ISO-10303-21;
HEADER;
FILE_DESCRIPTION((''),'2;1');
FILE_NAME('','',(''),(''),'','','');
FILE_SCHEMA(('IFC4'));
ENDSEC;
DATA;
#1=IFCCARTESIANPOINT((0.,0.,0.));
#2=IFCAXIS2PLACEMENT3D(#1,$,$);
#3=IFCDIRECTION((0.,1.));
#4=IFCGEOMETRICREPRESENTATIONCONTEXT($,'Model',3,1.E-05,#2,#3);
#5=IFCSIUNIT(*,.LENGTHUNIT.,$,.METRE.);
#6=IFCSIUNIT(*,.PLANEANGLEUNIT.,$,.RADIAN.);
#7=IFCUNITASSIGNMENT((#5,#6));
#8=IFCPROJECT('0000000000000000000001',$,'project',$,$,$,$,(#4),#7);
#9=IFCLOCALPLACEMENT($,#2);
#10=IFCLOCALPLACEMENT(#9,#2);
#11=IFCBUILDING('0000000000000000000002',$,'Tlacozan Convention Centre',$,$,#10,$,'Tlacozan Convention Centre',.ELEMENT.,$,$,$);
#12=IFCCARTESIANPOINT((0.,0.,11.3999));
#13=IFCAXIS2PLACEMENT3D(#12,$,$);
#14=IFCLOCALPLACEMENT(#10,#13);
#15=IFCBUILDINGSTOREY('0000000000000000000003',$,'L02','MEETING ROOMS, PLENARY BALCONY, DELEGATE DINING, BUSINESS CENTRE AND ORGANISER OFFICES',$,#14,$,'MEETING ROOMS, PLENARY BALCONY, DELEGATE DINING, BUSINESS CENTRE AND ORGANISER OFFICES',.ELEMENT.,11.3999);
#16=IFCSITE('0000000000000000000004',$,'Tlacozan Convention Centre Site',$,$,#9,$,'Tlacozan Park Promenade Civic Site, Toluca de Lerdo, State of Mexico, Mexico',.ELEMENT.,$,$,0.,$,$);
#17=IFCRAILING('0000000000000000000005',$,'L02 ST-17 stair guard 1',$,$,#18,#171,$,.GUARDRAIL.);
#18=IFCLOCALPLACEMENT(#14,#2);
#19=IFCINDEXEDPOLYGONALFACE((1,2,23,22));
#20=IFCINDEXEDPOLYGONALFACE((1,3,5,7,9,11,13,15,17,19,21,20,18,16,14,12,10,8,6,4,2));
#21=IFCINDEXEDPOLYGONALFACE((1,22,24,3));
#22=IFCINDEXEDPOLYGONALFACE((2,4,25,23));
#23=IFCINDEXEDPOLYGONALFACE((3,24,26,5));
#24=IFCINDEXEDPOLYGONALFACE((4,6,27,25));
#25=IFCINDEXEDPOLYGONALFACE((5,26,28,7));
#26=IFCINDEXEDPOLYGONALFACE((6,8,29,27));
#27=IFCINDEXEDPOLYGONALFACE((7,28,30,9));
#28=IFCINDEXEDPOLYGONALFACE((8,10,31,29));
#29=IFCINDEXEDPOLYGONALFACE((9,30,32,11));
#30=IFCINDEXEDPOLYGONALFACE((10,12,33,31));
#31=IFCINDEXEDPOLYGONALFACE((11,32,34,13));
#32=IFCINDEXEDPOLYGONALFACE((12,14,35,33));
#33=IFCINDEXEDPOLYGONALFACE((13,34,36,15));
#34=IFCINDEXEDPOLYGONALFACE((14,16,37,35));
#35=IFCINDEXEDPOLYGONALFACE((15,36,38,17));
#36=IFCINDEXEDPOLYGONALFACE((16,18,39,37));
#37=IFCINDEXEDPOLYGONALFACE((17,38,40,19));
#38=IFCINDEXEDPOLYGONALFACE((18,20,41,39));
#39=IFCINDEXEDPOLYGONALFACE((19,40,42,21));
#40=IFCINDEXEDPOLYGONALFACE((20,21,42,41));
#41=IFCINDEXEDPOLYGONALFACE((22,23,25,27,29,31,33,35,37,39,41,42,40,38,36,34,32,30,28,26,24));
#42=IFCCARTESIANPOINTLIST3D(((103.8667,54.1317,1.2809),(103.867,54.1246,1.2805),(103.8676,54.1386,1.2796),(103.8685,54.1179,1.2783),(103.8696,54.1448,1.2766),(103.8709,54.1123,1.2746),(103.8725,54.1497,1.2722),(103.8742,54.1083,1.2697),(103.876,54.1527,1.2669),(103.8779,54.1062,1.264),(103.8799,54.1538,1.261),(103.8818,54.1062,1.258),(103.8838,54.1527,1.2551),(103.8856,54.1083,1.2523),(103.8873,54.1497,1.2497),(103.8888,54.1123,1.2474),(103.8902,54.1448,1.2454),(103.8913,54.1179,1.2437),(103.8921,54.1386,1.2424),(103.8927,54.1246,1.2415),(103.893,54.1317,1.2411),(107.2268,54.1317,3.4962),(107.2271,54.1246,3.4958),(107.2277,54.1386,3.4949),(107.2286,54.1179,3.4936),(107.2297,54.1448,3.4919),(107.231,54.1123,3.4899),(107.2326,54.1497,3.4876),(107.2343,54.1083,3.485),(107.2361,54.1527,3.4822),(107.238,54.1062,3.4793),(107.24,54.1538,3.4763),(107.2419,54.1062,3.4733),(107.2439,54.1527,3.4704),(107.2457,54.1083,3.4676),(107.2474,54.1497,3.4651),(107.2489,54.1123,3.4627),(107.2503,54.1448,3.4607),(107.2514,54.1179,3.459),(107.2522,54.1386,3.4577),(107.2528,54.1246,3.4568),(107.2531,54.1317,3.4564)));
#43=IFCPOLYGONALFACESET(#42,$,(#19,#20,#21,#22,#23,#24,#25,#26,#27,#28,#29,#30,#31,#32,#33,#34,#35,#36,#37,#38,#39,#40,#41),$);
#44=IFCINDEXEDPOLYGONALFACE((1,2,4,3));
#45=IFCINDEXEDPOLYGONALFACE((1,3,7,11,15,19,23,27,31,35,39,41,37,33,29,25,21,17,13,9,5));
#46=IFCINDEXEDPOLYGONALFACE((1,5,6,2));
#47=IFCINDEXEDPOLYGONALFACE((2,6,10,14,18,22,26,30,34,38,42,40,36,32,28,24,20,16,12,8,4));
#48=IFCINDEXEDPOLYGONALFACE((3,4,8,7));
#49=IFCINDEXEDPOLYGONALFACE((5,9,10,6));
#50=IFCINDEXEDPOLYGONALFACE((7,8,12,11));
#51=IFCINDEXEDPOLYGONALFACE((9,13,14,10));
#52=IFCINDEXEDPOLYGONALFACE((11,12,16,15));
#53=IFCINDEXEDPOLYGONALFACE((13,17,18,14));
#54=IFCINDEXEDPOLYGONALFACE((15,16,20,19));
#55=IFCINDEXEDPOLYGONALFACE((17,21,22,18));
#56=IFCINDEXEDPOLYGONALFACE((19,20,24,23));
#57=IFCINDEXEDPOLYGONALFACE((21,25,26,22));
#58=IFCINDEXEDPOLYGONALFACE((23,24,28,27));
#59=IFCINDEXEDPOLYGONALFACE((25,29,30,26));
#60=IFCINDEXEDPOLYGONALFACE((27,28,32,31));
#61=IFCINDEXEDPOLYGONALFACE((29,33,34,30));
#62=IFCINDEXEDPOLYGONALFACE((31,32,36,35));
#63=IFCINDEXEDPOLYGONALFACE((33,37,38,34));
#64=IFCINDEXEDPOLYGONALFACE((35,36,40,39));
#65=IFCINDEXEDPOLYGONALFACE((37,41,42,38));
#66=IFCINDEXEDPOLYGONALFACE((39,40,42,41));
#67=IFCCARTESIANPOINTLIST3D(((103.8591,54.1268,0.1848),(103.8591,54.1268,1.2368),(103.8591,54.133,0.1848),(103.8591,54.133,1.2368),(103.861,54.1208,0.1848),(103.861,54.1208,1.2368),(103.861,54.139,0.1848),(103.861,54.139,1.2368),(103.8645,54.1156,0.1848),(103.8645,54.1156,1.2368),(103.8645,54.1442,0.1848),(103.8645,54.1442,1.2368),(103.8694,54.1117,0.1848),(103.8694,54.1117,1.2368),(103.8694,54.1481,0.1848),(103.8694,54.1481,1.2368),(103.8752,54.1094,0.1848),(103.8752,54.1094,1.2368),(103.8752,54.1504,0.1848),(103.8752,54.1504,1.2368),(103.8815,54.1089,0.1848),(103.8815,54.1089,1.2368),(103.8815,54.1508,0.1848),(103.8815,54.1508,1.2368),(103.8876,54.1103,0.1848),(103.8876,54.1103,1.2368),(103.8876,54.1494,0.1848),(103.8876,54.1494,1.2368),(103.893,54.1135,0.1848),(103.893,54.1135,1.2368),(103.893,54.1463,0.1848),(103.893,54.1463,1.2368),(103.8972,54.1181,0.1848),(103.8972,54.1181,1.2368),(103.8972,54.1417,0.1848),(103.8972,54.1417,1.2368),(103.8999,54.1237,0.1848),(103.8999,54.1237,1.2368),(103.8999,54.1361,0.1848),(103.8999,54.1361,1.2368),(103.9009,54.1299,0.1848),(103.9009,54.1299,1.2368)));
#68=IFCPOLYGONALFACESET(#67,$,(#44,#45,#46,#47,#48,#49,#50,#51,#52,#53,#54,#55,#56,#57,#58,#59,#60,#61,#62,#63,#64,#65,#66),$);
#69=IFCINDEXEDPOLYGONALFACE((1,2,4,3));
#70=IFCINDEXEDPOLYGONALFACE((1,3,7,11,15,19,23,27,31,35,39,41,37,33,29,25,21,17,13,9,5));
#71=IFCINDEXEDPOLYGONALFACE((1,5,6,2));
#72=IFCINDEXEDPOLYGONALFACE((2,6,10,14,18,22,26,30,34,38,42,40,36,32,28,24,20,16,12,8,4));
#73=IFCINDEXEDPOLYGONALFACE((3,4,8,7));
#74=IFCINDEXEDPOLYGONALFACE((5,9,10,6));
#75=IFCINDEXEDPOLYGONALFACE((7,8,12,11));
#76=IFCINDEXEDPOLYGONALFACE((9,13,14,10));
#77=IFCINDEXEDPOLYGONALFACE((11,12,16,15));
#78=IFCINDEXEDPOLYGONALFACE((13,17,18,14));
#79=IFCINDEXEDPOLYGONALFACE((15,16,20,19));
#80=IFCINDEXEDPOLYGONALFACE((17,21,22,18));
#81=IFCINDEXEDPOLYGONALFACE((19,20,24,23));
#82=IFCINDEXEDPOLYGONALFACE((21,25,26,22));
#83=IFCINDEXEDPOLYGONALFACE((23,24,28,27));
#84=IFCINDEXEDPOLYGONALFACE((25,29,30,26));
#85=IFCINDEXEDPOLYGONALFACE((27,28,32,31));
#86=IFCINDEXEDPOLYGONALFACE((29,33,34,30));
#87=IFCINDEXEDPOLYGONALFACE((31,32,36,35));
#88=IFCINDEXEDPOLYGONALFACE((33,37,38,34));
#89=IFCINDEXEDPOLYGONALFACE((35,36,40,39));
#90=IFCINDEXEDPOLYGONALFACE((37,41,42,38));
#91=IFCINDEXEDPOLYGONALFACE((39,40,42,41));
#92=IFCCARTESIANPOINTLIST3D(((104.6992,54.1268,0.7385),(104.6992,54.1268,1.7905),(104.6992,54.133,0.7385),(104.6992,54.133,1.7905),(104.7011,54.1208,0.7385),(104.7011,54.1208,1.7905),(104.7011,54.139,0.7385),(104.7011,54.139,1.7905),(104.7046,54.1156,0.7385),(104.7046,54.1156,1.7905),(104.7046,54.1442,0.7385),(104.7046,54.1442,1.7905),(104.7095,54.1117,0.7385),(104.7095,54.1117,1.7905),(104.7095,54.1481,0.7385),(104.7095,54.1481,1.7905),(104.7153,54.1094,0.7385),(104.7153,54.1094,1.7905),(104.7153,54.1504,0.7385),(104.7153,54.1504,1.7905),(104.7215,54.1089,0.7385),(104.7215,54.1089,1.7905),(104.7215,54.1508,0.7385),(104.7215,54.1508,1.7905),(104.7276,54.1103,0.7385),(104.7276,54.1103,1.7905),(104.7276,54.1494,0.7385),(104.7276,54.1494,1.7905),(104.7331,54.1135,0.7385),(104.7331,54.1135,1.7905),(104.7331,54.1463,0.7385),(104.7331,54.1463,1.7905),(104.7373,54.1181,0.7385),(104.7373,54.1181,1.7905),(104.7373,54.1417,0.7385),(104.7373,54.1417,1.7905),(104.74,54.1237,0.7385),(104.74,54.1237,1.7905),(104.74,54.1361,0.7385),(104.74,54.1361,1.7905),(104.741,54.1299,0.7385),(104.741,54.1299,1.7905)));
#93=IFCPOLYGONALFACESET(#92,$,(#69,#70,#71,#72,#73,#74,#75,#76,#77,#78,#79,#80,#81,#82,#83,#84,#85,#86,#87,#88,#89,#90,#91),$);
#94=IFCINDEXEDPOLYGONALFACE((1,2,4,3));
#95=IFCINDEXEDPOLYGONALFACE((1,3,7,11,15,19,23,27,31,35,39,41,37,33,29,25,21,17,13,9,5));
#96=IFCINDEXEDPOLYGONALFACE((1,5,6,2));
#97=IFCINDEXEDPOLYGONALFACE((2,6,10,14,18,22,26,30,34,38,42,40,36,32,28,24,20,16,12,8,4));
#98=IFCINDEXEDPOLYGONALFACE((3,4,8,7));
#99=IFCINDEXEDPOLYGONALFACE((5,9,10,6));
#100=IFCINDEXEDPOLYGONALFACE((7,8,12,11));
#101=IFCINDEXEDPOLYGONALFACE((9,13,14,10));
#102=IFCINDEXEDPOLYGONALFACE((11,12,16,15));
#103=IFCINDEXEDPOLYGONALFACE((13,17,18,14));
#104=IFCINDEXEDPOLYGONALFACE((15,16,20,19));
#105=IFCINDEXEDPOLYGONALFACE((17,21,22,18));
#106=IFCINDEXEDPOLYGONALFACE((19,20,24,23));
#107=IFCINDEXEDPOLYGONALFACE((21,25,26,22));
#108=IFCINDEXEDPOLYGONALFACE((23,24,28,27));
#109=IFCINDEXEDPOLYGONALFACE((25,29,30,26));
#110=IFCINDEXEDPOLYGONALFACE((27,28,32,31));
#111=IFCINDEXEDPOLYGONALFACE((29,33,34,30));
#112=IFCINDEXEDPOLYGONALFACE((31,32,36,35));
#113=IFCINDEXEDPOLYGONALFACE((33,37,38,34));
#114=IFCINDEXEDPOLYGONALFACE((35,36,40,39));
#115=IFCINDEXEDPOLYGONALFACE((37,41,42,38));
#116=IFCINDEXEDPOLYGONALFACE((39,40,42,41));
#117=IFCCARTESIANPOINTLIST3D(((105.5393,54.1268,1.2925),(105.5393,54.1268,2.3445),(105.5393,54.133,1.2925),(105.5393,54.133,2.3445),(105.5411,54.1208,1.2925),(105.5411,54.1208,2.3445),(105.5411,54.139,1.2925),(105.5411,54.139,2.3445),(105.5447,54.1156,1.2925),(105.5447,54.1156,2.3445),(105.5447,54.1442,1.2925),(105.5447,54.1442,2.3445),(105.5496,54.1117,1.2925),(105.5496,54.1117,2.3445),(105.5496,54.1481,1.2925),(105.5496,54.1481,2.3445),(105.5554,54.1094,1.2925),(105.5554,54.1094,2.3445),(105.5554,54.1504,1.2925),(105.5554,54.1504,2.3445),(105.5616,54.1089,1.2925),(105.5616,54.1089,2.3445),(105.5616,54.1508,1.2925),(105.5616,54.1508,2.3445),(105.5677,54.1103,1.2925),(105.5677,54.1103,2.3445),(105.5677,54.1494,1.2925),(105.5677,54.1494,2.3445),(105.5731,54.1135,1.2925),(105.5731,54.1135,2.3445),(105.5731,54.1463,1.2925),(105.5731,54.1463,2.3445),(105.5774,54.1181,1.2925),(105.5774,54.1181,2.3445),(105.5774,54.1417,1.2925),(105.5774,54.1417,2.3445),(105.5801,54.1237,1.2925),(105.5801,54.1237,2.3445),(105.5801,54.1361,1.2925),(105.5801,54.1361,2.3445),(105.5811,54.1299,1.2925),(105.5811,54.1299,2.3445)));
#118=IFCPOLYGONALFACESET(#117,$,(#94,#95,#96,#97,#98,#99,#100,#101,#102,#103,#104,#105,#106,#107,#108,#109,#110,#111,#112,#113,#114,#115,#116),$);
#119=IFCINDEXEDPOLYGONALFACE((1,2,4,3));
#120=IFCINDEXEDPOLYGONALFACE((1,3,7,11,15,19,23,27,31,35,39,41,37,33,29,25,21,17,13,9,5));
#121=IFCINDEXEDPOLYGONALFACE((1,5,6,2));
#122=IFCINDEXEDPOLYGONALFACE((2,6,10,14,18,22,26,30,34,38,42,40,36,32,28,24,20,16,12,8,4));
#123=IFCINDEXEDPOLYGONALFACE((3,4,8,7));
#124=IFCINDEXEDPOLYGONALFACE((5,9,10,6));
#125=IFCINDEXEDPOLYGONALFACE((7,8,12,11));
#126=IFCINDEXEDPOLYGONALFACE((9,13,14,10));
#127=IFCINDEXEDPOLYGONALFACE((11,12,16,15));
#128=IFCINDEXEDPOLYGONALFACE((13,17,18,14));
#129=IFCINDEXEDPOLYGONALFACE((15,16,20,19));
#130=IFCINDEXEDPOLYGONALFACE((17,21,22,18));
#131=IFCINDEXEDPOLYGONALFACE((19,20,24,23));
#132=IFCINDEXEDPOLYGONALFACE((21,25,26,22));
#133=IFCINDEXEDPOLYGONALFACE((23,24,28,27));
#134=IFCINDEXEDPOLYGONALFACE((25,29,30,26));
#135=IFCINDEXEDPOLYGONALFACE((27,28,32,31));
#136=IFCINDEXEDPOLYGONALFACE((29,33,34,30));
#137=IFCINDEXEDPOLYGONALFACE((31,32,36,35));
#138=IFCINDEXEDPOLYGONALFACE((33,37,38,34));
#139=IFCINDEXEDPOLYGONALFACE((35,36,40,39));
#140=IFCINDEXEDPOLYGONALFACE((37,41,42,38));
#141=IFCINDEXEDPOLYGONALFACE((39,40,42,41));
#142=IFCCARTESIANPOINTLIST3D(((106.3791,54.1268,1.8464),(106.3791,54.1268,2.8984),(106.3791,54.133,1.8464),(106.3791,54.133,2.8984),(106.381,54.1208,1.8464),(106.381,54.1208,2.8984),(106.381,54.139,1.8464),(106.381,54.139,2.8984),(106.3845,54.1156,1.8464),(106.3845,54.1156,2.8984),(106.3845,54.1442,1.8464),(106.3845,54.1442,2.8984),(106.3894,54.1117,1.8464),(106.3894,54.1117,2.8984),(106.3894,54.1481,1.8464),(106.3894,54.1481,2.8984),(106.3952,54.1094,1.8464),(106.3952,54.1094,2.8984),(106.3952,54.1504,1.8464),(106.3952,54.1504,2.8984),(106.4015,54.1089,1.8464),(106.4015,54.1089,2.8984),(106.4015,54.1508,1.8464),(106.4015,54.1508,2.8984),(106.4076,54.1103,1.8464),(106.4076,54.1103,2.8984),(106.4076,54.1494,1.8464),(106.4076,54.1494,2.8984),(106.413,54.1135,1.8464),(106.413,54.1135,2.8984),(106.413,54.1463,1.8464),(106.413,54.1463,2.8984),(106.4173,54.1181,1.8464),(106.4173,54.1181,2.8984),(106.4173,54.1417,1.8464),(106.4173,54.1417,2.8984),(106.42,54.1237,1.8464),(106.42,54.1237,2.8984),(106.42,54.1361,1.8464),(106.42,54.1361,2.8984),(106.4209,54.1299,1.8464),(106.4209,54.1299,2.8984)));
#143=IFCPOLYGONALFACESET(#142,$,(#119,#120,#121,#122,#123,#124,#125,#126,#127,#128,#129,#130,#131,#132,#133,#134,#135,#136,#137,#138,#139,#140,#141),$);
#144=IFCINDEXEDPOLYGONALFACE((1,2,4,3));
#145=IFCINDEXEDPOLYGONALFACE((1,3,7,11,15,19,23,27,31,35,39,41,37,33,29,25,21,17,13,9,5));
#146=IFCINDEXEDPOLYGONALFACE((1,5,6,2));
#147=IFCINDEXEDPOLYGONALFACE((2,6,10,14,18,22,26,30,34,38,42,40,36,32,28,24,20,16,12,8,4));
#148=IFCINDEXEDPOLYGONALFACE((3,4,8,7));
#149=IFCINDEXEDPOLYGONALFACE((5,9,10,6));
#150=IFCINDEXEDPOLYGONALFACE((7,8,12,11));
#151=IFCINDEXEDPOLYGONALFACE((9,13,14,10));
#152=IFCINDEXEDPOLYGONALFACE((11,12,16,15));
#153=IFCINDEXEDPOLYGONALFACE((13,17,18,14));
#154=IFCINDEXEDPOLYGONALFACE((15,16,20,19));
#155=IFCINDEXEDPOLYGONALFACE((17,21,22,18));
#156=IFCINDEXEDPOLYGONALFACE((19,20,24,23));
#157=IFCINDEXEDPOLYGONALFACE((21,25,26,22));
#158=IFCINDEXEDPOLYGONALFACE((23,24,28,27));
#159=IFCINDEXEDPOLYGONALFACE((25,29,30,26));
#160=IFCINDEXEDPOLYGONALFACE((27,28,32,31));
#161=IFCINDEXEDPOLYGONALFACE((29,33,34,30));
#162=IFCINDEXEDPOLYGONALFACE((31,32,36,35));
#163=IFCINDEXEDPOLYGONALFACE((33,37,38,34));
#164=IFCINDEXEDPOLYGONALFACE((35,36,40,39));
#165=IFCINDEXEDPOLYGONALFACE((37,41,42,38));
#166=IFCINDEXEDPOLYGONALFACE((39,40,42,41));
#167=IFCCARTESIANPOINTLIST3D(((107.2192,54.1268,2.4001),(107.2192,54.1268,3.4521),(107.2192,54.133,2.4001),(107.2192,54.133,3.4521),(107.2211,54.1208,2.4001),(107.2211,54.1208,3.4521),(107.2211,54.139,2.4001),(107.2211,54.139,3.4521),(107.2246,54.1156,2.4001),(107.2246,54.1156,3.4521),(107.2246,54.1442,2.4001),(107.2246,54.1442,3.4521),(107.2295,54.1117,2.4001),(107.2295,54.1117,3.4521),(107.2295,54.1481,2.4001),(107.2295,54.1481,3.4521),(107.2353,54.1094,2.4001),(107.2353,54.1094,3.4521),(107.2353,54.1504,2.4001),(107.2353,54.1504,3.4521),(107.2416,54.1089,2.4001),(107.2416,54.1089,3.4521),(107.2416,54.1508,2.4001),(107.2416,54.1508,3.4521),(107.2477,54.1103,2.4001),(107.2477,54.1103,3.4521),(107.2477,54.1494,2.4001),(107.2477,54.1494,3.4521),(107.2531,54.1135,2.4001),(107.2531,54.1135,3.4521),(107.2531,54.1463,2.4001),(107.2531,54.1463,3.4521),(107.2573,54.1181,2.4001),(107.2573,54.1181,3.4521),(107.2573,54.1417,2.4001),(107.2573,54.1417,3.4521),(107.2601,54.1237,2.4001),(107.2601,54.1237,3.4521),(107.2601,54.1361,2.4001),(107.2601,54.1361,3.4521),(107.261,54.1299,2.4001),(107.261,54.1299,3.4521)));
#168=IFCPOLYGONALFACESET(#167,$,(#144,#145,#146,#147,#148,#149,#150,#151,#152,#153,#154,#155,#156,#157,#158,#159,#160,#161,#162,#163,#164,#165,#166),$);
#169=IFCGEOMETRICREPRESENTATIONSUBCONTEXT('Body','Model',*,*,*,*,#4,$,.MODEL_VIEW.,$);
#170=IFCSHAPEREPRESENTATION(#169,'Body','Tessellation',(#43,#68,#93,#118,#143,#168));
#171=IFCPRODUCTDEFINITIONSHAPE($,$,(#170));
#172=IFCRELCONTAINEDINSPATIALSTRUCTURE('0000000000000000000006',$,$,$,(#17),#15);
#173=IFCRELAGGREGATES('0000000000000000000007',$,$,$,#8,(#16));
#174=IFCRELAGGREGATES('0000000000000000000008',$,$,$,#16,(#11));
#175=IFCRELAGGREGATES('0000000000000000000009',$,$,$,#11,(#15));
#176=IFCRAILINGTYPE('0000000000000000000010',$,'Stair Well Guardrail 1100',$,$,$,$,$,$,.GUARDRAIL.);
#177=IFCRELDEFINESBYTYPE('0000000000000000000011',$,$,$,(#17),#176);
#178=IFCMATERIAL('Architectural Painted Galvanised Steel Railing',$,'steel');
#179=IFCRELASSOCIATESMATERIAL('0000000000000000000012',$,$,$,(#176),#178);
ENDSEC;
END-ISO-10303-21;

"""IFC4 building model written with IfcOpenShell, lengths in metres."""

from ifc_helpers import new_model, si_unit, direction, frame, origin, origin_2d, place, context, subcontext, project, spatial, circle, extrude, material, type_object, element, save


model = new_model("IFC4")

# Units and contexts
model_context = context("Model", 3, precision=1e-05, world=origin(), true_north=direction((0.0, 1.0)))
body_context = subcontext(model_context, "Body", "Model", "MODEL_VIEW")
ifc_project = project(units=[si_unit("LENGTHUNIT", "METRE"), si_unit("PLANEANGLEUNIT", "RADIAN")], contexts=[model_context])

# Site, building, storey
site_placement = place(None, origin())
site = spatial("IfcSite", under=ifc_project, at=site_placement, Name="Tlacozan Convention Centre Site", LongName="Tlacozan Park Promenade Civic Site, Toluca de Lerdo, State of Mexico, Mexico", CompositionType="ELEMENT", RefElevation=0.0)
building_placement = place(site_placement, origin())
building = spatial("IfcBuilding", under=site, at=building_placement, Name="Tlacozan Convention Centre", LongName="Tlacozan Convention Centre", CompositionType="ELEMENT")
storey_placement = place(building_placement, frame((0.0, 0.0, 11.3999)))
storey = spatial("IfcBuildingStorey", under=building, at=storey_placement, Name="L02", Description="MEETING ROOMS, PLENARY BALCONY, DELEGATE DINING, BUSINESS CENTRE AND ORGANISER OFFICES", LongName="MEETING ROOMS, PLENARY BALCONY, DELEGATE DINING, BUSINESS CENTRE AND ORGANISER OFFICES", CompositionType="ELEMENT", Elevation=11.3999)

# Railing
ifc_material_1 = material(Name="Architectural Painted Galvanised Steel Railing", Category="steel")
railing_type_1 = type_object("IfcRailingType", Name="Stair Well Guardrail 1100", PredefinedType="GUARDRAIL", material=ifc_material_1)
railing_1_placement = place(storey_placement, frame((103.8799, 54.1299, 0.1848)))
element("IfcRailing", 1, at=railing_1_placement, inside=storey, type_object=railing_type_1, Name="L02 ST-17 stair guard 1", PredefinedType="GUARDRAIL", context=body_context, shape_type="SweptSolid", body=[
    extrude(circle(Radius=0.0239, at=origin_2d()), frame((0.0, 0.0, 1.0762), z_axis=(0.834876, 0.0, 0.550437), x_axis=(0.0, 1.0, 0.0)), (0.0, 0.0, 1.0), 4.0247),
    extrude(circle(Radius=0.021, at=origin_2d()), origin(), (0.0, 0.0, 1.0), 1.052),
    extrude(circle(Radius=0.021, at=origin_2d()), frame((0.8401, 0.0, 0.5537)), (0.0, 0.0, 1.0), 1.052),
    extrude(circle(Radius=0.021, at=origin_2d()), frame((1.6802, 0.0, 1.1077)), (0.0, 0.0, 1.0), 1.052),
    extrude(circle(Radius=0.021, at=origin_2d()), frame((2.52, 0.0, 1.6616)), (0.0, 0.0, 1.0), 1.052),
    extrude(circle(Radius=0.021, at=origin_2d()), frame((3.3601, 0.0, 2.2153)), (0.0, 0.0, 1.0), 1.052),
])

save(model, "model.ifc")
